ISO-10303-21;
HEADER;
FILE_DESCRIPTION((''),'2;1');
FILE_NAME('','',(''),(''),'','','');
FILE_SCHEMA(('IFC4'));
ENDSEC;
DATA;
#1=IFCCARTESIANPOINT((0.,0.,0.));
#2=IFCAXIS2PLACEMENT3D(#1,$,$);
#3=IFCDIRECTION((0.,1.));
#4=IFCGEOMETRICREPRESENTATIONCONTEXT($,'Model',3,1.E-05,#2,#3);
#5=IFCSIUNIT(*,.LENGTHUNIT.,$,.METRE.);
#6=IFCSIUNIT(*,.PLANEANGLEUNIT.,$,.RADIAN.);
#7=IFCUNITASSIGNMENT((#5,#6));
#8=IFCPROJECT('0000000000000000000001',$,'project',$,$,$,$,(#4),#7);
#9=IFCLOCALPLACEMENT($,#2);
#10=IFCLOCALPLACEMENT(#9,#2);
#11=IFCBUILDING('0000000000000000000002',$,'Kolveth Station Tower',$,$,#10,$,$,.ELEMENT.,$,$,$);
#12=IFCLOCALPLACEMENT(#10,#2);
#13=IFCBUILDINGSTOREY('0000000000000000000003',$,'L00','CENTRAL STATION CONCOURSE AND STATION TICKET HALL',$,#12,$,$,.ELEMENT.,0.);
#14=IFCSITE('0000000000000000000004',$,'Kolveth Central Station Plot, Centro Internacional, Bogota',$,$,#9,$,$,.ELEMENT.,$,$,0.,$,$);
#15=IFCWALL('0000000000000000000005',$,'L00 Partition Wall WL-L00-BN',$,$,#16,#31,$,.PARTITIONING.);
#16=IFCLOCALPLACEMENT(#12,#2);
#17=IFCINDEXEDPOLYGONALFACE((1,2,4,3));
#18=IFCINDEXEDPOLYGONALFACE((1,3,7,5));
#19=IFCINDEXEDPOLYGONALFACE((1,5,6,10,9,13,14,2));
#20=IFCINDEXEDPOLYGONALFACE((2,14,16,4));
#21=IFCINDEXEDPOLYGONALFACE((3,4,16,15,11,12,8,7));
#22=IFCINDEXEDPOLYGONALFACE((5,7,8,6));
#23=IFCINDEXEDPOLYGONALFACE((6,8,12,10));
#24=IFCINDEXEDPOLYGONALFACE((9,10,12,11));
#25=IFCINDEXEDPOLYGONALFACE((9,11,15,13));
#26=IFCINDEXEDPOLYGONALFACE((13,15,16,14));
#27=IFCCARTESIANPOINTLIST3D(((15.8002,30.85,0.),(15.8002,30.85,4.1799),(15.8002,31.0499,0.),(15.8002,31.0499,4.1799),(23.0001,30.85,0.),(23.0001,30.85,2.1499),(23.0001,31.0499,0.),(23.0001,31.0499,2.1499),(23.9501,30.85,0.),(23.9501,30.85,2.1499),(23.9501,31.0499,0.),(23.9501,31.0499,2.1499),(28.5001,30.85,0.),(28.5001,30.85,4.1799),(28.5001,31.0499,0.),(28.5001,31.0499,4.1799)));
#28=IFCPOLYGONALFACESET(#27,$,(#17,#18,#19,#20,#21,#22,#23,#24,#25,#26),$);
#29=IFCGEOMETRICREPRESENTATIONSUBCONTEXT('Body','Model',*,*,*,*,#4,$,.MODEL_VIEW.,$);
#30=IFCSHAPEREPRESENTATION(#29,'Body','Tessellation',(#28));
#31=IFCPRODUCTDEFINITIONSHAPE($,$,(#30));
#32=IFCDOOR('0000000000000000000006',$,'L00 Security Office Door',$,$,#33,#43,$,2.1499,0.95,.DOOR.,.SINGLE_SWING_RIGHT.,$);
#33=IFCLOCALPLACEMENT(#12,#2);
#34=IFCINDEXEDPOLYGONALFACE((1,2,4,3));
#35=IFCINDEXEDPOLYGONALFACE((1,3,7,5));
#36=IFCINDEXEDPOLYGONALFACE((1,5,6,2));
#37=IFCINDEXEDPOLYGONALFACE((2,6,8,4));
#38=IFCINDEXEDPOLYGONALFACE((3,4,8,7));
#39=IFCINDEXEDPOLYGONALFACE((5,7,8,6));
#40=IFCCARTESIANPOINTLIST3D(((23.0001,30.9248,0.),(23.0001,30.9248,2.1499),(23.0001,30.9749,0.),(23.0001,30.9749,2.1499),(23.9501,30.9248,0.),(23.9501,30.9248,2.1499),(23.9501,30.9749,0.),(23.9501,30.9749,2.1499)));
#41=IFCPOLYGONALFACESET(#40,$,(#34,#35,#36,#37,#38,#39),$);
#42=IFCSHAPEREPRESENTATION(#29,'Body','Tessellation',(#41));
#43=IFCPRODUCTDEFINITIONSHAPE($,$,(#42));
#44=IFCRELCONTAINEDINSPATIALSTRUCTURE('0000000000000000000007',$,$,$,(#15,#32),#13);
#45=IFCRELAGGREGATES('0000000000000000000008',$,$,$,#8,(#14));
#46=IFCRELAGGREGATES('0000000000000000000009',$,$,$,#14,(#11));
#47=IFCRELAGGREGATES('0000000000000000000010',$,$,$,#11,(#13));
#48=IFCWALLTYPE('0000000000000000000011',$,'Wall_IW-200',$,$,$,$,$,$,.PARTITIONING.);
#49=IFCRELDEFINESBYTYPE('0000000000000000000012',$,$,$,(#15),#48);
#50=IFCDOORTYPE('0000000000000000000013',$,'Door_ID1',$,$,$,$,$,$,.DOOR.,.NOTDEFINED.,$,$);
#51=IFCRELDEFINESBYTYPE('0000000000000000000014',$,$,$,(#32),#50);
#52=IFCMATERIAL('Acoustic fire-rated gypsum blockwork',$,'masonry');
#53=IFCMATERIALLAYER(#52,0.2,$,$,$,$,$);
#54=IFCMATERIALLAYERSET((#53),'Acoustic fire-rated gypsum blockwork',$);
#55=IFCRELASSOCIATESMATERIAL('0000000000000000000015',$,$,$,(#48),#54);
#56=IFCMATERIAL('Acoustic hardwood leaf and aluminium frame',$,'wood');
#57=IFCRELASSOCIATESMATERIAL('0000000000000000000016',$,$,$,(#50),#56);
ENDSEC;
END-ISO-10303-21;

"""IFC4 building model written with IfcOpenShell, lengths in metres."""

from ifc_helpers import new_model, si_unit, direction, frame, frame_2d, origin, place, context, subcontext, project, spatial, rectangle, extrude, material, layer, layer_set, type_object, element, fill, save


model = new_model("IFC4")

# Units and contexts
model_context = context("Model", 3, precision=1e-05, world=origin(), true_north=direction((0.0, 1.0)))
body_context = subcontext(model_context, "Body", "Model", "MODEL_VIEW")
ifc_project = project(units=[si_unit("LENGTHUNIT", "METRE"), si_unit("PLANEANGLEUNIT", "RADIAN")], contexts=[model_context])

# Site, building, storey
site_placement = place(None, origin())
site = spatial("IfcSite", under=ifc_project, at=site_placement, Name="Kolveth Central Station Plot, Centro Internacional, Bogota", CompositionType="ELEMENT", RefElevation=0.0)
building_placement = place(site_placement, origin())
building = spatial("IfcBuilding", under=site, at=building_placement, Name="Kolveth Station Tower", CompositionType="ELEMENT")
storey_placement = place(building_placement, origin())
storey = spatial("IfcBuildingStorey", under=building, at=storey_placement, Name="L00", Description="CENTRAL STATION CONCOURSE AND STATION TICKET HALL", CompositionType="ELEMENT", Elevation=0.0)

# Wall, opening, door
ifc_material_1 = material(Name="Acoustic fire-rated gypsum blockwork", Category="masonry")
ifc_layer_1 = layer(ifc_material_1, 0.2)
ifc_layer_set_1 = layer_set([ifc_layer_1], Name="Acoustic fire-rated gypsum blockwork")
wall_type_1 = type_object("IfcWallType", Name="Wall_IW-200", PredefinedType="PARTITIONING", material=ifc_layer_set_1)
wall_1_placement = place(storey_placement, frame((15.8, 30.95, 0.0), z_axis=(0.0, 0.0, 1.0), x_axis=(1.0, 0.0, 0.0)))
wall_1 = element("IfcWall", 1, at=wall_1_placement, inside=storey, type_object=wall_type_1, Name="L00 Partition Wall WL-L00-BN", PredefinedType="PARTITIONING", context=body_context, shape_type="SweptSolid", body=[
    extrude(rectangle(XDim=12.7, YDim=0.2, at=frame_2d((6.3501, 0.0))), origin(), (0.0, 0.0, 1.0), 4.1799),
])
opening_1_placement = place(wall_1_placement, frame((7.2, 0.0, 0.0)))
opening_1 = element("IfcOpeningElement", 2, at=opening_1_placement, cuts=wall_1, PredefinedType="OPENING", context=body_context, shape_type="SweptSolid", body=[
    extrude(rectangle(XDim=0.95, YDim=2.1499, at=frame_2d((0.4751, 1.075))), frame((0.0, 0.1099, 0.0), z_axis=(0.0, -1.0, 0.0), x_axis=(1.0, 0.0, 0.0)), (0.0, 0.0, 1.0), 0.22),
])
ifc_material_2 = material(Name="Acoustic hardwood leaf and aluminium frame", Category="wood")
door_type_1 = type_object("IfcDoorType", Name="Door_ID1", OperationType="NOTDEFINED", PredefinedType="DOOR", material=ifc_material_2)
door_1_placement = place(opening_1_placement, origin())
door_1 = element("IfcDoor", 3, at=door_1_placement, inside=storey, type_object=door_type_1, Name="L00 Security Office Door", OperationType="SINGLE_SWING_RIGHT", OverallHeight=2.1499, OverallWidth=0.95, PredefinedType="DOOR", context=body_context, shape_type="SweptSolid", body=[
    extrude(rectangle(XDim=0.95, YDim=2.1499, at=frame_2d((0.4751, 1.075))), frame((0.0, 0.0249, 0.0), z_axis=(0.0, -1.0, 0.0), x_axis=(1.0, 0.0, 0.0)), (0.0, 0.0, 1.0), 0.05),
])
fill(opening_1, door_1)

save(model, "model.ifc")
